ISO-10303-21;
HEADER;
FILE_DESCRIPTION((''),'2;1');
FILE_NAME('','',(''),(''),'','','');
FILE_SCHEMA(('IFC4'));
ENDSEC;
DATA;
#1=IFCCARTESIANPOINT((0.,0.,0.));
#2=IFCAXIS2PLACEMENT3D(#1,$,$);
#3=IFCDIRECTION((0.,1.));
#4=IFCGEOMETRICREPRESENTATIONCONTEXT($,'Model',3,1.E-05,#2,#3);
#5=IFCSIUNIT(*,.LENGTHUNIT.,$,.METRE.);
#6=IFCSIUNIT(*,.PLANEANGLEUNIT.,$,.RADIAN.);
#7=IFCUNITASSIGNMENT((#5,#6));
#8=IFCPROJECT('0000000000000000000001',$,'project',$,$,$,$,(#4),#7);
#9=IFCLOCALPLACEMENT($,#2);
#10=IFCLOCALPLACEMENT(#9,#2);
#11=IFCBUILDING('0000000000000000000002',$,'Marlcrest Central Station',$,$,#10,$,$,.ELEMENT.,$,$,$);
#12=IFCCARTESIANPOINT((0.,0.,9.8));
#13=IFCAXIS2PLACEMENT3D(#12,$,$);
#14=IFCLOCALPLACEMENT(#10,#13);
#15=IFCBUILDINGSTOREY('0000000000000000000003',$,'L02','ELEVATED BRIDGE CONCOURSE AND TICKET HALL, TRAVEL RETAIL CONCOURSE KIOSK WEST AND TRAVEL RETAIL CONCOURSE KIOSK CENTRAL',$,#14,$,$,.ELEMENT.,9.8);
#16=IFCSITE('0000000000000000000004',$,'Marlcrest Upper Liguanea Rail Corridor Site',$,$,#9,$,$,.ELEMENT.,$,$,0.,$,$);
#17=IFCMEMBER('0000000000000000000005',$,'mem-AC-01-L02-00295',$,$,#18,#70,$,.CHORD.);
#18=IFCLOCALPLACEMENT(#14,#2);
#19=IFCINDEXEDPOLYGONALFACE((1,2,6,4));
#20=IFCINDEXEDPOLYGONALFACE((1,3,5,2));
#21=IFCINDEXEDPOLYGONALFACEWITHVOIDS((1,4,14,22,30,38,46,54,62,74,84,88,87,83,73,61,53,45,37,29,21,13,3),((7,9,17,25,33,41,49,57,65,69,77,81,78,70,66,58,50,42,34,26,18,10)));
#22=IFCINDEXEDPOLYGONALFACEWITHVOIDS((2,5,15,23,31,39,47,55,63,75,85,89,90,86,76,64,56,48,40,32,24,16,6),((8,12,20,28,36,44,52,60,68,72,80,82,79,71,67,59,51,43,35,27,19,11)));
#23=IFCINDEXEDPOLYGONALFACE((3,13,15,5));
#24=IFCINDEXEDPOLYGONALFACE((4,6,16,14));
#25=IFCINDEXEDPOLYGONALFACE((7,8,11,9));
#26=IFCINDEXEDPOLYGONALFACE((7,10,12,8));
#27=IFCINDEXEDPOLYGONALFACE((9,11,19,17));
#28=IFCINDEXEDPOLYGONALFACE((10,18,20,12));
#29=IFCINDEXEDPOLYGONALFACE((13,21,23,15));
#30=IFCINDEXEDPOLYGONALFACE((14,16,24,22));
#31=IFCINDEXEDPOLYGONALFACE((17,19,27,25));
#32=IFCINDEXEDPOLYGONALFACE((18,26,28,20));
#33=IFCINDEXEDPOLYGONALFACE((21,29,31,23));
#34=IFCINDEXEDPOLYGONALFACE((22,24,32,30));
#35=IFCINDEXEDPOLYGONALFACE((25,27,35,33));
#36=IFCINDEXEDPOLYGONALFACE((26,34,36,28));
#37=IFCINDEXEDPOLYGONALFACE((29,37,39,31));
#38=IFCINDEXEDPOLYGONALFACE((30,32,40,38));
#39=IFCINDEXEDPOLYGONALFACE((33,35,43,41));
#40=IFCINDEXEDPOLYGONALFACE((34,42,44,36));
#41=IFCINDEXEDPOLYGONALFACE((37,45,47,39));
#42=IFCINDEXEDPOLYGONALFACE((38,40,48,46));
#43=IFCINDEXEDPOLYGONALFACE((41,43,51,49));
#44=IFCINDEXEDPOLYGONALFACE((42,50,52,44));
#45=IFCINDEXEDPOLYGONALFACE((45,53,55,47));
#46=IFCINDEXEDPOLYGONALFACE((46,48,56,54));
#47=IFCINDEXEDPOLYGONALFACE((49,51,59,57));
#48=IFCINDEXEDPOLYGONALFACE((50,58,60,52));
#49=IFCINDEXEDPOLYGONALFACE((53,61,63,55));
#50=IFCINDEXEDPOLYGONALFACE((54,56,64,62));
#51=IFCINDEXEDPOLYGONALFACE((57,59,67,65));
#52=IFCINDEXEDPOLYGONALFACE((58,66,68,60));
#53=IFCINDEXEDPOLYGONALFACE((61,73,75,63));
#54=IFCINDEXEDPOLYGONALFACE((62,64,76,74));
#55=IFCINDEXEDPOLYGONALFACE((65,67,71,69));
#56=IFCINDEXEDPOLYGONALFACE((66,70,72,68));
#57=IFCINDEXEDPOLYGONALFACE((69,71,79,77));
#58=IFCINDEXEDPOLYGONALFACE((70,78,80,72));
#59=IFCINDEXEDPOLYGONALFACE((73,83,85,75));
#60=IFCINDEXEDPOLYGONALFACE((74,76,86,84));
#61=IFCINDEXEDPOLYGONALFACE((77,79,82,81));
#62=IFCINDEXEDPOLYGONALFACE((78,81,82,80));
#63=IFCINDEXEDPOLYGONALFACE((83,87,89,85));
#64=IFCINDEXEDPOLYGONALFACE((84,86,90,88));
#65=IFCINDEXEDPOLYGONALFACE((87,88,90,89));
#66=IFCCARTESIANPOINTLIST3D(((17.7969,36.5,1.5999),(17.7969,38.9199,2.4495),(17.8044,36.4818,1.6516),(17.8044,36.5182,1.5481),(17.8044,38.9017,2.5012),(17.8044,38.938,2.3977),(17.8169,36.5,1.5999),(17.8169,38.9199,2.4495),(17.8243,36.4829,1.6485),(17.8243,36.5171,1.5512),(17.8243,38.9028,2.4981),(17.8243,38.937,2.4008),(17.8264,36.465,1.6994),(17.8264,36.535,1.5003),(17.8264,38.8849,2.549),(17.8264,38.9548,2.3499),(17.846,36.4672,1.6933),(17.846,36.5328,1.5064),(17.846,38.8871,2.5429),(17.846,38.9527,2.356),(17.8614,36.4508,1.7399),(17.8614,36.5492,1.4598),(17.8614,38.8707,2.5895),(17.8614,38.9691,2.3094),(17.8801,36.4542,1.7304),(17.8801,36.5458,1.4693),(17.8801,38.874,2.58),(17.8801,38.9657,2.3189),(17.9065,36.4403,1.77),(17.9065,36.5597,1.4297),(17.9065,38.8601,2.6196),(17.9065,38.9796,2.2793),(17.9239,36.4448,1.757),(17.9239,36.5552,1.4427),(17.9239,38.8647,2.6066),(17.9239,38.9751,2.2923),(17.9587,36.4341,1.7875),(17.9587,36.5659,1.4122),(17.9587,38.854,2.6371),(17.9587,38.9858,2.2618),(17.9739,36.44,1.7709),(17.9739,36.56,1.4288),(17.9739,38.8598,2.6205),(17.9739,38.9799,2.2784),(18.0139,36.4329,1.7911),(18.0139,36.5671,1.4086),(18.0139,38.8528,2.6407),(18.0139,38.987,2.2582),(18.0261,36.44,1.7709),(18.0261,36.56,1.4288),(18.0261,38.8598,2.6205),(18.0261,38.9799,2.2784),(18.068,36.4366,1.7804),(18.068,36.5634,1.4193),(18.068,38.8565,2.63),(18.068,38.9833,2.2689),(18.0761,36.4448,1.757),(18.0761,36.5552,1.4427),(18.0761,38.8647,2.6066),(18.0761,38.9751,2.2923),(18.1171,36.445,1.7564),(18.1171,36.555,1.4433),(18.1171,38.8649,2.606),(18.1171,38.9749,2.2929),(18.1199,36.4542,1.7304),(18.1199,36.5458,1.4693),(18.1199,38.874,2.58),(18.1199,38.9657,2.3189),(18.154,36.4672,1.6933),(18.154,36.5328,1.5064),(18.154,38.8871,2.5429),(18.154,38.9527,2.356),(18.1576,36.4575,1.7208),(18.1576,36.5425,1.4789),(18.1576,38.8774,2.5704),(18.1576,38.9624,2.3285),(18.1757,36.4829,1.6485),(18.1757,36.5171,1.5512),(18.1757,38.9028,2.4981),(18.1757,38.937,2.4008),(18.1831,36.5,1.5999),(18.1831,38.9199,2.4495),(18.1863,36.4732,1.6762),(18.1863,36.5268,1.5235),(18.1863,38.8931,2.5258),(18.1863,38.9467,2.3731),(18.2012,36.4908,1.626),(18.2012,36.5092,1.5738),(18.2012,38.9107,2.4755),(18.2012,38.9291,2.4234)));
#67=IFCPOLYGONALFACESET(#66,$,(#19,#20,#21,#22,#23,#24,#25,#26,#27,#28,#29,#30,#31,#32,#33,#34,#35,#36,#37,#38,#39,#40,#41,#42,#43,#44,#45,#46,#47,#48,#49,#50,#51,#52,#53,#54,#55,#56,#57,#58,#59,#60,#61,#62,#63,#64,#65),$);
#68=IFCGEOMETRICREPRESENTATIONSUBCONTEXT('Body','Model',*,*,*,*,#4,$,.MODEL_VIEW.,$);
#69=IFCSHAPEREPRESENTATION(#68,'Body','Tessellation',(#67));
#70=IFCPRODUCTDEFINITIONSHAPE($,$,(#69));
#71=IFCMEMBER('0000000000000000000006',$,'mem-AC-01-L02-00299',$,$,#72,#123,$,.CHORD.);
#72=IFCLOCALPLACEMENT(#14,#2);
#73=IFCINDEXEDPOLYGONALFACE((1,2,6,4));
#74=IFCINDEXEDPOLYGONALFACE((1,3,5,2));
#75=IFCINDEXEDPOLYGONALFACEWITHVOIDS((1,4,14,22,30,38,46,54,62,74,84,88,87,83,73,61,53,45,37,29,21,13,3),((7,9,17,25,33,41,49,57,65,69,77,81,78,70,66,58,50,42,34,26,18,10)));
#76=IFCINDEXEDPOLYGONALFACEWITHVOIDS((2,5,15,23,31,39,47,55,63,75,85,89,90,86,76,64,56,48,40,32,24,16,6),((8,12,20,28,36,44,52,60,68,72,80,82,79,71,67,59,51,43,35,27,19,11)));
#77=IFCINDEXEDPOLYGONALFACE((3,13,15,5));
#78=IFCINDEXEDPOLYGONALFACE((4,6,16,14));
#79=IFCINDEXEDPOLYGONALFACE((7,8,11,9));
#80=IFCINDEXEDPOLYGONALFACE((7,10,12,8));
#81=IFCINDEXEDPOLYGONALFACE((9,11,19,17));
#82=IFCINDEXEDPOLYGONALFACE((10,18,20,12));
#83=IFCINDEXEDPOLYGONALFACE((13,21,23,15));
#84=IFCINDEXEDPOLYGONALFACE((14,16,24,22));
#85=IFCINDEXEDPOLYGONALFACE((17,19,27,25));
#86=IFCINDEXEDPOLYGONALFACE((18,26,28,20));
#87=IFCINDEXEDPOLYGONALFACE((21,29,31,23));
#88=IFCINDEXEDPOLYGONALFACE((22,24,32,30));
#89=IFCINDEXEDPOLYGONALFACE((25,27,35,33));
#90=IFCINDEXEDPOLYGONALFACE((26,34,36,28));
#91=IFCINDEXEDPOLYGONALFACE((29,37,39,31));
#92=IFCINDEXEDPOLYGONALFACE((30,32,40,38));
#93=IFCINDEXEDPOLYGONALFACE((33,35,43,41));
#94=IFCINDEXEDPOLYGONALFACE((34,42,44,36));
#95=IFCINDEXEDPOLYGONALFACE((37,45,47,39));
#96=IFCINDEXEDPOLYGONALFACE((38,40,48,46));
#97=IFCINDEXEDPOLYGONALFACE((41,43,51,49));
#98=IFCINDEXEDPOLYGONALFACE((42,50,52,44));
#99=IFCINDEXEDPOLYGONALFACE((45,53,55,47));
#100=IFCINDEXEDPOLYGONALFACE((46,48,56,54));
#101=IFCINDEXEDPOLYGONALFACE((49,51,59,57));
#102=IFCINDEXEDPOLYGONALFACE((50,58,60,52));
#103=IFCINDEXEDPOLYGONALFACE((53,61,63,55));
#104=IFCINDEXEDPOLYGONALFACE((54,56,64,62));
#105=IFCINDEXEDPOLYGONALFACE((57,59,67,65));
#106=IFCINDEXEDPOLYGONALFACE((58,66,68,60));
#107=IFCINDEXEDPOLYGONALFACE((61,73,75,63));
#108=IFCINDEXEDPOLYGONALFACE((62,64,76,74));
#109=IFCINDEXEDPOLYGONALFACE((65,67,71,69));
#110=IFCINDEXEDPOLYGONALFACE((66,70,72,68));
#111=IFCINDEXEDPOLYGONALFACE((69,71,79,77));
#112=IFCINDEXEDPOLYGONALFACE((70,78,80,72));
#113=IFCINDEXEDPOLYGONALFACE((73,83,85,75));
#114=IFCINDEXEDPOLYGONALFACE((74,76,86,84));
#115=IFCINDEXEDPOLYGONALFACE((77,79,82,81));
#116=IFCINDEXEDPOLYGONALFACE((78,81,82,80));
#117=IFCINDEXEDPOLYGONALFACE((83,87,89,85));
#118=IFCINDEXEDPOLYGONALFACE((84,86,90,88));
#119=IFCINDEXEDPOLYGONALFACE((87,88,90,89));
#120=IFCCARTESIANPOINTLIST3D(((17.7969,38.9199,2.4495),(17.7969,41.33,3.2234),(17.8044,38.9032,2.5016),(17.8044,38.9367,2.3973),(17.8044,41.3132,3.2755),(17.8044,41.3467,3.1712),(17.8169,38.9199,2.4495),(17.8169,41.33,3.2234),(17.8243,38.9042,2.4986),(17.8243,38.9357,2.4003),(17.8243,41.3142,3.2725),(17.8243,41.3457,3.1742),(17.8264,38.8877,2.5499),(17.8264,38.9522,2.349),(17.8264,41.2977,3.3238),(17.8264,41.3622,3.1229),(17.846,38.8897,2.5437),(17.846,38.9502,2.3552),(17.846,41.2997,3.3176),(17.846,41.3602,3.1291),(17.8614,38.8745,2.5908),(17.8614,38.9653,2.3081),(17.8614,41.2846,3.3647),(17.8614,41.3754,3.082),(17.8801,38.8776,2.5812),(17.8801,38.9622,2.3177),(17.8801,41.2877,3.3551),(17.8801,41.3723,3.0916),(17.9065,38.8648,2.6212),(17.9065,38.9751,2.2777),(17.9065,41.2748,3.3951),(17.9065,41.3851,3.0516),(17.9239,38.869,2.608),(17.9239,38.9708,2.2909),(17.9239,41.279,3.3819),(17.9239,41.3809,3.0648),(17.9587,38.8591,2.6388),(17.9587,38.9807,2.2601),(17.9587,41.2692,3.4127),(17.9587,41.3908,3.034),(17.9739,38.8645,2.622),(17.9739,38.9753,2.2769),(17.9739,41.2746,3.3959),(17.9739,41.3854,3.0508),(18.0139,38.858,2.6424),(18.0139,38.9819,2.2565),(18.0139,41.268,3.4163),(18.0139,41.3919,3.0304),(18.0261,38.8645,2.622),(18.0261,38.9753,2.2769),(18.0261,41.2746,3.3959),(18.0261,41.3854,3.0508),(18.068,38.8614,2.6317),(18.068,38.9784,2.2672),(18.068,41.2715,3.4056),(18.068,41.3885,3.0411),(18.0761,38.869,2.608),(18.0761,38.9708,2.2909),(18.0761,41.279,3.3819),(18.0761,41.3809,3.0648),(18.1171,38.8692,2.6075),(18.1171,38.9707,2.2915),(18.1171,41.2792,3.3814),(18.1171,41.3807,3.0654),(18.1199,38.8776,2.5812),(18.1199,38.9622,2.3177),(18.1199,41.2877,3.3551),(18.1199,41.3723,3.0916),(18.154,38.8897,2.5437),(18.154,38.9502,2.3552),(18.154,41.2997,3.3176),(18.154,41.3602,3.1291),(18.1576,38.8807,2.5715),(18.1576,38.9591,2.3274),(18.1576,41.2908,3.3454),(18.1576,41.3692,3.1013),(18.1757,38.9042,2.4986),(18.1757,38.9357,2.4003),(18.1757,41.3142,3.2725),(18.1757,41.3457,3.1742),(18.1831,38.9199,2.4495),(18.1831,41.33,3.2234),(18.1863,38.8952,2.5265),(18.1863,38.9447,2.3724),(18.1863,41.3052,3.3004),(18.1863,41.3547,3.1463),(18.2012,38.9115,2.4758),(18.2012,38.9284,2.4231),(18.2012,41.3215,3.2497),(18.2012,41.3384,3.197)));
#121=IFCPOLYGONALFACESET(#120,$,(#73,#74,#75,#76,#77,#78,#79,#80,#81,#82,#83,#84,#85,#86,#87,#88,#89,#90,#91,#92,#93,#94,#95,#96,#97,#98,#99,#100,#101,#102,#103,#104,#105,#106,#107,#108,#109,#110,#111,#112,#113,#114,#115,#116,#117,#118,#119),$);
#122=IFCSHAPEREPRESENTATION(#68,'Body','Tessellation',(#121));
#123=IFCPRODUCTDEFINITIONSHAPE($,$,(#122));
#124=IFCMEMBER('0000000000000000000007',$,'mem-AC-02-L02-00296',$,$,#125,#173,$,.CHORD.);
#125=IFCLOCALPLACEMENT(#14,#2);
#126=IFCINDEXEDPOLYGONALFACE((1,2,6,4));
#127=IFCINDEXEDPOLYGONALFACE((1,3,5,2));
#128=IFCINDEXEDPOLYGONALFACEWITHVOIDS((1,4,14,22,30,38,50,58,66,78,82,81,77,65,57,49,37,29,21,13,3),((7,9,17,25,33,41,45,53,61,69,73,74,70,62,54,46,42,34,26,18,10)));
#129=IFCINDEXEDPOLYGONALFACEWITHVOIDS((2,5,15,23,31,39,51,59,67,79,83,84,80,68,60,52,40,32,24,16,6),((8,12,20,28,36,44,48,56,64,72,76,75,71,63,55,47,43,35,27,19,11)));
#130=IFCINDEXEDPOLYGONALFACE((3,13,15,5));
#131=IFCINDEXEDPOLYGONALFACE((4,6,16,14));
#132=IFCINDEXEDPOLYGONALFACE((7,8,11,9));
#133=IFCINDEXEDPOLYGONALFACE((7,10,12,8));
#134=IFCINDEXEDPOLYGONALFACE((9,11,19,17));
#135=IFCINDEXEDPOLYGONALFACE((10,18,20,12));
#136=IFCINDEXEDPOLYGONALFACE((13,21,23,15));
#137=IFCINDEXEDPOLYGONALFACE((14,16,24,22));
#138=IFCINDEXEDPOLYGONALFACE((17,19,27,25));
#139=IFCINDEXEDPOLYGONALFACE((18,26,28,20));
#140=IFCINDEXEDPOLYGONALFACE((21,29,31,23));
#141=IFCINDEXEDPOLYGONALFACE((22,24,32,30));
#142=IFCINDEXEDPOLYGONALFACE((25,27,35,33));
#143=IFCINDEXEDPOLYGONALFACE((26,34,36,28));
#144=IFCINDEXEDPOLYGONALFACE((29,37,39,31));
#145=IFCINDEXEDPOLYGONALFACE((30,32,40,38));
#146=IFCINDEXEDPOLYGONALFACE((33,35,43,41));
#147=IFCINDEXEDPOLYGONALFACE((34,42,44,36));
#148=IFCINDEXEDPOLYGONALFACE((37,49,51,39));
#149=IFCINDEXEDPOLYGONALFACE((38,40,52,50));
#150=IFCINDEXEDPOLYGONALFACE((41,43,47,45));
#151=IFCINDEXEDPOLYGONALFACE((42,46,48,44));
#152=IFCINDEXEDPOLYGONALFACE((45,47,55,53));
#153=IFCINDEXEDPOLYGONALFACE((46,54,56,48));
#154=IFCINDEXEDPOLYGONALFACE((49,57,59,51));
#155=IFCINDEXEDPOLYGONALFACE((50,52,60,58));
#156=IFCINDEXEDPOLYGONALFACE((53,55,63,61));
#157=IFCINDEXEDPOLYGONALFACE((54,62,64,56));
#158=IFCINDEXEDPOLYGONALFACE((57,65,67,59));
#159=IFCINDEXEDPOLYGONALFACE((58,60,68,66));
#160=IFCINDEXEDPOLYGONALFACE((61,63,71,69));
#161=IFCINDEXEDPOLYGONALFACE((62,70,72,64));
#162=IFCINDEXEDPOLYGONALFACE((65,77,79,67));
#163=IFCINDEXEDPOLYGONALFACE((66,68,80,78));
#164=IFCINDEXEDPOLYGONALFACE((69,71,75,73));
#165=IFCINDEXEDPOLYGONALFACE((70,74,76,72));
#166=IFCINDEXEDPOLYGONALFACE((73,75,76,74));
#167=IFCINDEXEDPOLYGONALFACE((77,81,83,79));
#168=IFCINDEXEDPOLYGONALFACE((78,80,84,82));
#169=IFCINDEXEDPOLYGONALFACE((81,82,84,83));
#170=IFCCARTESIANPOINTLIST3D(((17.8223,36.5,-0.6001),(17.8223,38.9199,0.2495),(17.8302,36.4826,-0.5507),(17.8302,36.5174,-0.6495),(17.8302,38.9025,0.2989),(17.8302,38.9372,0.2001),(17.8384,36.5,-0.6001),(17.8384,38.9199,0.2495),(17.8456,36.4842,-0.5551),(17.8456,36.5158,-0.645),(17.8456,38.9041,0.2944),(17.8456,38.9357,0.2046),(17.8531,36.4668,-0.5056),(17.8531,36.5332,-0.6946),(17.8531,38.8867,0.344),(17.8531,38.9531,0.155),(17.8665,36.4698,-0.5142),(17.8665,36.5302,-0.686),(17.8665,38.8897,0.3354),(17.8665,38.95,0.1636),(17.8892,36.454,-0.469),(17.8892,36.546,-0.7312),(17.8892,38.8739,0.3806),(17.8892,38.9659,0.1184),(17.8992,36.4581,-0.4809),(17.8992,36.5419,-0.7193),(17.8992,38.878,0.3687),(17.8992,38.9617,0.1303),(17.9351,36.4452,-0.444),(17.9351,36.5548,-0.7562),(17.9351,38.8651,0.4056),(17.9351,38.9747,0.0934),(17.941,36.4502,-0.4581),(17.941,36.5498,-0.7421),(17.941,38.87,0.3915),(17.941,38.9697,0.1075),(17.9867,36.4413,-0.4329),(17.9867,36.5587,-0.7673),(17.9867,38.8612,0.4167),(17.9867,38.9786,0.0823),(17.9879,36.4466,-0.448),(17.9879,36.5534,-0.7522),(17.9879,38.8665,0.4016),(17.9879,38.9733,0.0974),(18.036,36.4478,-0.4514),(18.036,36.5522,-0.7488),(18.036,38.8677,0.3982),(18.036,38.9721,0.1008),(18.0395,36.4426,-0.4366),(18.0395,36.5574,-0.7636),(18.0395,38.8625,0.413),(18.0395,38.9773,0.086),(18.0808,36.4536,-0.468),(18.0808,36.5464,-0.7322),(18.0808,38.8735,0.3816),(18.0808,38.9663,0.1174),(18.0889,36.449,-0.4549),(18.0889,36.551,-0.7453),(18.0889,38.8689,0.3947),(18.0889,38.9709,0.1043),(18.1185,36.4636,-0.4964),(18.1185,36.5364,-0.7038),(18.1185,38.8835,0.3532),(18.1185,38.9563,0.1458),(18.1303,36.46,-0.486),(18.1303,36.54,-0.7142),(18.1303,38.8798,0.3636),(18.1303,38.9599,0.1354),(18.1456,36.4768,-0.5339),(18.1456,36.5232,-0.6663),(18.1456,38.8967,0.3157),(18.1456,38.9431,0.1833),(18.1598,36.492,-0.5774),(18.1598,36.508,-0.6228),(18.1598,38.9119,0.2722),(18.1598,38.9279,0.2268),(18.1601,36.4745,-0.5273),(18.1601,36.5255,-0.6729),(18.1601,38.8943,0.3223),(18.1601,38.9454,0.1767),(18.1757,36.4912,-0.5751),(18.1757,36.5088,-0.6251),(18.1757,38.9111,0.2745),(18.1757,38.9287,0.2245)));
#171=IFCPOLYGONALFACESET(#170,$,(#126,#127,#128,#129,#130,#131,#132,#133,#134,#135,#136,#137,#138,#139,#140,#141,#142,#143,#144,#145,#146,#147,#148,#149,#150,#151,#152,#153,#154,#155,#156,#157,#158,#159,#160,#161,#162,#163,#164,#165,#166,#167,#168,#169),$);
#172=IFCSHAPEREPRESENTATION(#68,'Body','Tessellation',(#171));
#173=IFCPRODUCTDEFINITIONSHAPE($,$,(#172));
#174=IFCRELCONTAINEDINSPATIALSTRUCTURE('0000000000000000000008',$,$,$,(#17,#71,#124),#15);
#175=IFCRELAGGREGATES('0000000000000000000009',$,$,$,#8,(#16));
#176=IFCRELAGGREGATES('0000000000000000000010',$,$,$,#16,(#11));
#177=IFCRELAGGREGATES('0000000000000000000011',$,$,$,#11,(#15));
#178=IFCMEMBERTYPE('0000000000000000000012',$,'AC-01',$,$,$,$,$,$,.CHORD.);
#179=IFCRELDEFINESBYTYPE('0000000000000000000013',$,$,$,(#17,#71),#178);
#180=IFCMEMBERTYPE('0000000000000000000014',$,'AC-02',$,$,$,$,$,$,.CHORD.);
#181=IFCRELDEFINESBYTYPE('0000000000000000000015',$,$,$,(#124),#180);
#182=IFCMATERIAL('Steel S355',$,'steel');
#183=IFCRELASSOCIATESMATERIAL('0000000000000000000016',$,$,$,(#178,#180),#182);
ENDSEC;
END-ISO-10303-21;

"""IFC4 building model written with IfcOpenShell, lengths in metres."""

from ifc_helpers import new_model, si_unit, direction, frame, origin, origin_2d, place, context, subcontext, project, spatial, hollow_circle, extrude, material, material_profile, profile_set, type_object, element, save


model = new_model("IFC4")

# Units and contexts
model_context = context("Model", 3, precision=1e-05, world=origin(), true_north=direction((0.0, 1.0)))
body_context = subcontext(model_context, "Body", "Model", "MODEL_VIEW")
ifc_project = project(units=[si_unit("LENGTHUNIT", "METRE"), si_unit("PLANEANGLEUNIT", "RADIAN")], contexts=[model_context])

# Site, building, storey
site_placement = place(None, origin())
site = spatial("IfcSite", under=ifc_project, at=site_placement, Name="Marlcrest Upper Liguanea Rail Corridor Site", CompositionType="ELEMENT", RefElevation=0.0)
building_placement = place(site_placement, origin())
building = spatial("IfcBuilding", under=site, at=building_placement, Name="Marlcrest Central Station", CompositionType="ELEMENT")
storey_placement = place(building_placement, frame((0.0, 0.0, 9.8)))
storey = spatial("IfcBuildingStorey", under=building, at=storey_placement, Name="L02", Description="ELEVATED BRIDGE CONCOURSE AND TICKET HALL, TRAVEL RETAIL CONCOURSE KIOSK WEST AND TRAVEL RETAIL CONCOURSE KIOSK CENTRAL", CompositionType="ELEMENT", Elevation=9.8)

# Members
ifc_material_1 = material(Name="Steel S355", Category="steel")
ifc_material_profile_1 = material_profile(ifc_material_1, hollow_circle(Radius=0.2031, WallThickness=0.02, at=origin_2d()), Name="CHS 406.4x20")
ifc_profile_set_1 = profile_set([ifc_material_profile_1], Name="Steel S355")
member_type_1 = type_object("IfcMemberType", Name="AC-01", PredefinedType="CHORD", material=ifc_profile_set_1)
member_1_placement = place(storey_placement, frame((18.0, 36.5, 1.5999), z_axis=(0.0, 0.943537, 0.331266), x_axis=(-1.0, 0.0, 0.0)))
element("IfcMember", 1, at=member_1_placement, inside=storey, type_object=member_type_1, Name="mem-AC-01-L02-00295", PredefinedType="CHORD", context=body_context, shape_type="SweptSolid", body=[
    extrude(hollow_circle(Radius=0.2031, WallThickness=0.02, at=origin_2d()), origin(), (0.0, 0.0, 1.0), 2.5647),
])
member_2_placement = place(storey_placement, frame((18.0, 38.9199, 2.4495), z_axis=(0.0, 0.952117, 0.305734), x_axis=(-1.0, 0.0, 0.0)))
element("IfcMember", 2, at=member_2_placement, inside=storey, type_object=member_type_1, Name="mem-AC-01-L02-00299", PredefinedType="CHORD", context=body_context, shape_type="SweptSolid", body=[
    extrude(hollow_circle(Radius=0.2031, WallThickness=0.02, at=origin_2d()), origin(), (0.0, 0.0, 1.0), 2.5312),
])
ifc_material_profile_2 = material_profile(ifc_material_1, hollow_circle(Radius=0.1777, WallThickness=0.0161, at=origin_2d()), Name="CHS 355.6x16")
ifc_profile_set_2 = profile_set([ifc_material_profile_2], Name="Steel S355")
member_type_2 = type_object("IfcMemberType", Name="AC-02", PredefinedType="CHORD", material=ifc_profile_set_2)
member_3_placement = place(storey_placement, frame((18.0, 36.5, -0.6001), z_axis=(0.0, 0.943537, 0.331266), x_axis=(-1.0, 0.0, 0.0)))
element("IfcMember", 3, at=member_3_placement, inside=storey, type_object=member_type_2, Name="mem-AC-02-L02-00296", PredefinedType="CHORD", context=body_context, shape_type="SweptSolid", body=[
    extrude(hollow_circle(Radius=0.1777, WallThickness=0.0161, at=origin_2d()), origin(), (0.0, 0.0, 1.0), 2.5647),
])

save(model, "model.ifc")
